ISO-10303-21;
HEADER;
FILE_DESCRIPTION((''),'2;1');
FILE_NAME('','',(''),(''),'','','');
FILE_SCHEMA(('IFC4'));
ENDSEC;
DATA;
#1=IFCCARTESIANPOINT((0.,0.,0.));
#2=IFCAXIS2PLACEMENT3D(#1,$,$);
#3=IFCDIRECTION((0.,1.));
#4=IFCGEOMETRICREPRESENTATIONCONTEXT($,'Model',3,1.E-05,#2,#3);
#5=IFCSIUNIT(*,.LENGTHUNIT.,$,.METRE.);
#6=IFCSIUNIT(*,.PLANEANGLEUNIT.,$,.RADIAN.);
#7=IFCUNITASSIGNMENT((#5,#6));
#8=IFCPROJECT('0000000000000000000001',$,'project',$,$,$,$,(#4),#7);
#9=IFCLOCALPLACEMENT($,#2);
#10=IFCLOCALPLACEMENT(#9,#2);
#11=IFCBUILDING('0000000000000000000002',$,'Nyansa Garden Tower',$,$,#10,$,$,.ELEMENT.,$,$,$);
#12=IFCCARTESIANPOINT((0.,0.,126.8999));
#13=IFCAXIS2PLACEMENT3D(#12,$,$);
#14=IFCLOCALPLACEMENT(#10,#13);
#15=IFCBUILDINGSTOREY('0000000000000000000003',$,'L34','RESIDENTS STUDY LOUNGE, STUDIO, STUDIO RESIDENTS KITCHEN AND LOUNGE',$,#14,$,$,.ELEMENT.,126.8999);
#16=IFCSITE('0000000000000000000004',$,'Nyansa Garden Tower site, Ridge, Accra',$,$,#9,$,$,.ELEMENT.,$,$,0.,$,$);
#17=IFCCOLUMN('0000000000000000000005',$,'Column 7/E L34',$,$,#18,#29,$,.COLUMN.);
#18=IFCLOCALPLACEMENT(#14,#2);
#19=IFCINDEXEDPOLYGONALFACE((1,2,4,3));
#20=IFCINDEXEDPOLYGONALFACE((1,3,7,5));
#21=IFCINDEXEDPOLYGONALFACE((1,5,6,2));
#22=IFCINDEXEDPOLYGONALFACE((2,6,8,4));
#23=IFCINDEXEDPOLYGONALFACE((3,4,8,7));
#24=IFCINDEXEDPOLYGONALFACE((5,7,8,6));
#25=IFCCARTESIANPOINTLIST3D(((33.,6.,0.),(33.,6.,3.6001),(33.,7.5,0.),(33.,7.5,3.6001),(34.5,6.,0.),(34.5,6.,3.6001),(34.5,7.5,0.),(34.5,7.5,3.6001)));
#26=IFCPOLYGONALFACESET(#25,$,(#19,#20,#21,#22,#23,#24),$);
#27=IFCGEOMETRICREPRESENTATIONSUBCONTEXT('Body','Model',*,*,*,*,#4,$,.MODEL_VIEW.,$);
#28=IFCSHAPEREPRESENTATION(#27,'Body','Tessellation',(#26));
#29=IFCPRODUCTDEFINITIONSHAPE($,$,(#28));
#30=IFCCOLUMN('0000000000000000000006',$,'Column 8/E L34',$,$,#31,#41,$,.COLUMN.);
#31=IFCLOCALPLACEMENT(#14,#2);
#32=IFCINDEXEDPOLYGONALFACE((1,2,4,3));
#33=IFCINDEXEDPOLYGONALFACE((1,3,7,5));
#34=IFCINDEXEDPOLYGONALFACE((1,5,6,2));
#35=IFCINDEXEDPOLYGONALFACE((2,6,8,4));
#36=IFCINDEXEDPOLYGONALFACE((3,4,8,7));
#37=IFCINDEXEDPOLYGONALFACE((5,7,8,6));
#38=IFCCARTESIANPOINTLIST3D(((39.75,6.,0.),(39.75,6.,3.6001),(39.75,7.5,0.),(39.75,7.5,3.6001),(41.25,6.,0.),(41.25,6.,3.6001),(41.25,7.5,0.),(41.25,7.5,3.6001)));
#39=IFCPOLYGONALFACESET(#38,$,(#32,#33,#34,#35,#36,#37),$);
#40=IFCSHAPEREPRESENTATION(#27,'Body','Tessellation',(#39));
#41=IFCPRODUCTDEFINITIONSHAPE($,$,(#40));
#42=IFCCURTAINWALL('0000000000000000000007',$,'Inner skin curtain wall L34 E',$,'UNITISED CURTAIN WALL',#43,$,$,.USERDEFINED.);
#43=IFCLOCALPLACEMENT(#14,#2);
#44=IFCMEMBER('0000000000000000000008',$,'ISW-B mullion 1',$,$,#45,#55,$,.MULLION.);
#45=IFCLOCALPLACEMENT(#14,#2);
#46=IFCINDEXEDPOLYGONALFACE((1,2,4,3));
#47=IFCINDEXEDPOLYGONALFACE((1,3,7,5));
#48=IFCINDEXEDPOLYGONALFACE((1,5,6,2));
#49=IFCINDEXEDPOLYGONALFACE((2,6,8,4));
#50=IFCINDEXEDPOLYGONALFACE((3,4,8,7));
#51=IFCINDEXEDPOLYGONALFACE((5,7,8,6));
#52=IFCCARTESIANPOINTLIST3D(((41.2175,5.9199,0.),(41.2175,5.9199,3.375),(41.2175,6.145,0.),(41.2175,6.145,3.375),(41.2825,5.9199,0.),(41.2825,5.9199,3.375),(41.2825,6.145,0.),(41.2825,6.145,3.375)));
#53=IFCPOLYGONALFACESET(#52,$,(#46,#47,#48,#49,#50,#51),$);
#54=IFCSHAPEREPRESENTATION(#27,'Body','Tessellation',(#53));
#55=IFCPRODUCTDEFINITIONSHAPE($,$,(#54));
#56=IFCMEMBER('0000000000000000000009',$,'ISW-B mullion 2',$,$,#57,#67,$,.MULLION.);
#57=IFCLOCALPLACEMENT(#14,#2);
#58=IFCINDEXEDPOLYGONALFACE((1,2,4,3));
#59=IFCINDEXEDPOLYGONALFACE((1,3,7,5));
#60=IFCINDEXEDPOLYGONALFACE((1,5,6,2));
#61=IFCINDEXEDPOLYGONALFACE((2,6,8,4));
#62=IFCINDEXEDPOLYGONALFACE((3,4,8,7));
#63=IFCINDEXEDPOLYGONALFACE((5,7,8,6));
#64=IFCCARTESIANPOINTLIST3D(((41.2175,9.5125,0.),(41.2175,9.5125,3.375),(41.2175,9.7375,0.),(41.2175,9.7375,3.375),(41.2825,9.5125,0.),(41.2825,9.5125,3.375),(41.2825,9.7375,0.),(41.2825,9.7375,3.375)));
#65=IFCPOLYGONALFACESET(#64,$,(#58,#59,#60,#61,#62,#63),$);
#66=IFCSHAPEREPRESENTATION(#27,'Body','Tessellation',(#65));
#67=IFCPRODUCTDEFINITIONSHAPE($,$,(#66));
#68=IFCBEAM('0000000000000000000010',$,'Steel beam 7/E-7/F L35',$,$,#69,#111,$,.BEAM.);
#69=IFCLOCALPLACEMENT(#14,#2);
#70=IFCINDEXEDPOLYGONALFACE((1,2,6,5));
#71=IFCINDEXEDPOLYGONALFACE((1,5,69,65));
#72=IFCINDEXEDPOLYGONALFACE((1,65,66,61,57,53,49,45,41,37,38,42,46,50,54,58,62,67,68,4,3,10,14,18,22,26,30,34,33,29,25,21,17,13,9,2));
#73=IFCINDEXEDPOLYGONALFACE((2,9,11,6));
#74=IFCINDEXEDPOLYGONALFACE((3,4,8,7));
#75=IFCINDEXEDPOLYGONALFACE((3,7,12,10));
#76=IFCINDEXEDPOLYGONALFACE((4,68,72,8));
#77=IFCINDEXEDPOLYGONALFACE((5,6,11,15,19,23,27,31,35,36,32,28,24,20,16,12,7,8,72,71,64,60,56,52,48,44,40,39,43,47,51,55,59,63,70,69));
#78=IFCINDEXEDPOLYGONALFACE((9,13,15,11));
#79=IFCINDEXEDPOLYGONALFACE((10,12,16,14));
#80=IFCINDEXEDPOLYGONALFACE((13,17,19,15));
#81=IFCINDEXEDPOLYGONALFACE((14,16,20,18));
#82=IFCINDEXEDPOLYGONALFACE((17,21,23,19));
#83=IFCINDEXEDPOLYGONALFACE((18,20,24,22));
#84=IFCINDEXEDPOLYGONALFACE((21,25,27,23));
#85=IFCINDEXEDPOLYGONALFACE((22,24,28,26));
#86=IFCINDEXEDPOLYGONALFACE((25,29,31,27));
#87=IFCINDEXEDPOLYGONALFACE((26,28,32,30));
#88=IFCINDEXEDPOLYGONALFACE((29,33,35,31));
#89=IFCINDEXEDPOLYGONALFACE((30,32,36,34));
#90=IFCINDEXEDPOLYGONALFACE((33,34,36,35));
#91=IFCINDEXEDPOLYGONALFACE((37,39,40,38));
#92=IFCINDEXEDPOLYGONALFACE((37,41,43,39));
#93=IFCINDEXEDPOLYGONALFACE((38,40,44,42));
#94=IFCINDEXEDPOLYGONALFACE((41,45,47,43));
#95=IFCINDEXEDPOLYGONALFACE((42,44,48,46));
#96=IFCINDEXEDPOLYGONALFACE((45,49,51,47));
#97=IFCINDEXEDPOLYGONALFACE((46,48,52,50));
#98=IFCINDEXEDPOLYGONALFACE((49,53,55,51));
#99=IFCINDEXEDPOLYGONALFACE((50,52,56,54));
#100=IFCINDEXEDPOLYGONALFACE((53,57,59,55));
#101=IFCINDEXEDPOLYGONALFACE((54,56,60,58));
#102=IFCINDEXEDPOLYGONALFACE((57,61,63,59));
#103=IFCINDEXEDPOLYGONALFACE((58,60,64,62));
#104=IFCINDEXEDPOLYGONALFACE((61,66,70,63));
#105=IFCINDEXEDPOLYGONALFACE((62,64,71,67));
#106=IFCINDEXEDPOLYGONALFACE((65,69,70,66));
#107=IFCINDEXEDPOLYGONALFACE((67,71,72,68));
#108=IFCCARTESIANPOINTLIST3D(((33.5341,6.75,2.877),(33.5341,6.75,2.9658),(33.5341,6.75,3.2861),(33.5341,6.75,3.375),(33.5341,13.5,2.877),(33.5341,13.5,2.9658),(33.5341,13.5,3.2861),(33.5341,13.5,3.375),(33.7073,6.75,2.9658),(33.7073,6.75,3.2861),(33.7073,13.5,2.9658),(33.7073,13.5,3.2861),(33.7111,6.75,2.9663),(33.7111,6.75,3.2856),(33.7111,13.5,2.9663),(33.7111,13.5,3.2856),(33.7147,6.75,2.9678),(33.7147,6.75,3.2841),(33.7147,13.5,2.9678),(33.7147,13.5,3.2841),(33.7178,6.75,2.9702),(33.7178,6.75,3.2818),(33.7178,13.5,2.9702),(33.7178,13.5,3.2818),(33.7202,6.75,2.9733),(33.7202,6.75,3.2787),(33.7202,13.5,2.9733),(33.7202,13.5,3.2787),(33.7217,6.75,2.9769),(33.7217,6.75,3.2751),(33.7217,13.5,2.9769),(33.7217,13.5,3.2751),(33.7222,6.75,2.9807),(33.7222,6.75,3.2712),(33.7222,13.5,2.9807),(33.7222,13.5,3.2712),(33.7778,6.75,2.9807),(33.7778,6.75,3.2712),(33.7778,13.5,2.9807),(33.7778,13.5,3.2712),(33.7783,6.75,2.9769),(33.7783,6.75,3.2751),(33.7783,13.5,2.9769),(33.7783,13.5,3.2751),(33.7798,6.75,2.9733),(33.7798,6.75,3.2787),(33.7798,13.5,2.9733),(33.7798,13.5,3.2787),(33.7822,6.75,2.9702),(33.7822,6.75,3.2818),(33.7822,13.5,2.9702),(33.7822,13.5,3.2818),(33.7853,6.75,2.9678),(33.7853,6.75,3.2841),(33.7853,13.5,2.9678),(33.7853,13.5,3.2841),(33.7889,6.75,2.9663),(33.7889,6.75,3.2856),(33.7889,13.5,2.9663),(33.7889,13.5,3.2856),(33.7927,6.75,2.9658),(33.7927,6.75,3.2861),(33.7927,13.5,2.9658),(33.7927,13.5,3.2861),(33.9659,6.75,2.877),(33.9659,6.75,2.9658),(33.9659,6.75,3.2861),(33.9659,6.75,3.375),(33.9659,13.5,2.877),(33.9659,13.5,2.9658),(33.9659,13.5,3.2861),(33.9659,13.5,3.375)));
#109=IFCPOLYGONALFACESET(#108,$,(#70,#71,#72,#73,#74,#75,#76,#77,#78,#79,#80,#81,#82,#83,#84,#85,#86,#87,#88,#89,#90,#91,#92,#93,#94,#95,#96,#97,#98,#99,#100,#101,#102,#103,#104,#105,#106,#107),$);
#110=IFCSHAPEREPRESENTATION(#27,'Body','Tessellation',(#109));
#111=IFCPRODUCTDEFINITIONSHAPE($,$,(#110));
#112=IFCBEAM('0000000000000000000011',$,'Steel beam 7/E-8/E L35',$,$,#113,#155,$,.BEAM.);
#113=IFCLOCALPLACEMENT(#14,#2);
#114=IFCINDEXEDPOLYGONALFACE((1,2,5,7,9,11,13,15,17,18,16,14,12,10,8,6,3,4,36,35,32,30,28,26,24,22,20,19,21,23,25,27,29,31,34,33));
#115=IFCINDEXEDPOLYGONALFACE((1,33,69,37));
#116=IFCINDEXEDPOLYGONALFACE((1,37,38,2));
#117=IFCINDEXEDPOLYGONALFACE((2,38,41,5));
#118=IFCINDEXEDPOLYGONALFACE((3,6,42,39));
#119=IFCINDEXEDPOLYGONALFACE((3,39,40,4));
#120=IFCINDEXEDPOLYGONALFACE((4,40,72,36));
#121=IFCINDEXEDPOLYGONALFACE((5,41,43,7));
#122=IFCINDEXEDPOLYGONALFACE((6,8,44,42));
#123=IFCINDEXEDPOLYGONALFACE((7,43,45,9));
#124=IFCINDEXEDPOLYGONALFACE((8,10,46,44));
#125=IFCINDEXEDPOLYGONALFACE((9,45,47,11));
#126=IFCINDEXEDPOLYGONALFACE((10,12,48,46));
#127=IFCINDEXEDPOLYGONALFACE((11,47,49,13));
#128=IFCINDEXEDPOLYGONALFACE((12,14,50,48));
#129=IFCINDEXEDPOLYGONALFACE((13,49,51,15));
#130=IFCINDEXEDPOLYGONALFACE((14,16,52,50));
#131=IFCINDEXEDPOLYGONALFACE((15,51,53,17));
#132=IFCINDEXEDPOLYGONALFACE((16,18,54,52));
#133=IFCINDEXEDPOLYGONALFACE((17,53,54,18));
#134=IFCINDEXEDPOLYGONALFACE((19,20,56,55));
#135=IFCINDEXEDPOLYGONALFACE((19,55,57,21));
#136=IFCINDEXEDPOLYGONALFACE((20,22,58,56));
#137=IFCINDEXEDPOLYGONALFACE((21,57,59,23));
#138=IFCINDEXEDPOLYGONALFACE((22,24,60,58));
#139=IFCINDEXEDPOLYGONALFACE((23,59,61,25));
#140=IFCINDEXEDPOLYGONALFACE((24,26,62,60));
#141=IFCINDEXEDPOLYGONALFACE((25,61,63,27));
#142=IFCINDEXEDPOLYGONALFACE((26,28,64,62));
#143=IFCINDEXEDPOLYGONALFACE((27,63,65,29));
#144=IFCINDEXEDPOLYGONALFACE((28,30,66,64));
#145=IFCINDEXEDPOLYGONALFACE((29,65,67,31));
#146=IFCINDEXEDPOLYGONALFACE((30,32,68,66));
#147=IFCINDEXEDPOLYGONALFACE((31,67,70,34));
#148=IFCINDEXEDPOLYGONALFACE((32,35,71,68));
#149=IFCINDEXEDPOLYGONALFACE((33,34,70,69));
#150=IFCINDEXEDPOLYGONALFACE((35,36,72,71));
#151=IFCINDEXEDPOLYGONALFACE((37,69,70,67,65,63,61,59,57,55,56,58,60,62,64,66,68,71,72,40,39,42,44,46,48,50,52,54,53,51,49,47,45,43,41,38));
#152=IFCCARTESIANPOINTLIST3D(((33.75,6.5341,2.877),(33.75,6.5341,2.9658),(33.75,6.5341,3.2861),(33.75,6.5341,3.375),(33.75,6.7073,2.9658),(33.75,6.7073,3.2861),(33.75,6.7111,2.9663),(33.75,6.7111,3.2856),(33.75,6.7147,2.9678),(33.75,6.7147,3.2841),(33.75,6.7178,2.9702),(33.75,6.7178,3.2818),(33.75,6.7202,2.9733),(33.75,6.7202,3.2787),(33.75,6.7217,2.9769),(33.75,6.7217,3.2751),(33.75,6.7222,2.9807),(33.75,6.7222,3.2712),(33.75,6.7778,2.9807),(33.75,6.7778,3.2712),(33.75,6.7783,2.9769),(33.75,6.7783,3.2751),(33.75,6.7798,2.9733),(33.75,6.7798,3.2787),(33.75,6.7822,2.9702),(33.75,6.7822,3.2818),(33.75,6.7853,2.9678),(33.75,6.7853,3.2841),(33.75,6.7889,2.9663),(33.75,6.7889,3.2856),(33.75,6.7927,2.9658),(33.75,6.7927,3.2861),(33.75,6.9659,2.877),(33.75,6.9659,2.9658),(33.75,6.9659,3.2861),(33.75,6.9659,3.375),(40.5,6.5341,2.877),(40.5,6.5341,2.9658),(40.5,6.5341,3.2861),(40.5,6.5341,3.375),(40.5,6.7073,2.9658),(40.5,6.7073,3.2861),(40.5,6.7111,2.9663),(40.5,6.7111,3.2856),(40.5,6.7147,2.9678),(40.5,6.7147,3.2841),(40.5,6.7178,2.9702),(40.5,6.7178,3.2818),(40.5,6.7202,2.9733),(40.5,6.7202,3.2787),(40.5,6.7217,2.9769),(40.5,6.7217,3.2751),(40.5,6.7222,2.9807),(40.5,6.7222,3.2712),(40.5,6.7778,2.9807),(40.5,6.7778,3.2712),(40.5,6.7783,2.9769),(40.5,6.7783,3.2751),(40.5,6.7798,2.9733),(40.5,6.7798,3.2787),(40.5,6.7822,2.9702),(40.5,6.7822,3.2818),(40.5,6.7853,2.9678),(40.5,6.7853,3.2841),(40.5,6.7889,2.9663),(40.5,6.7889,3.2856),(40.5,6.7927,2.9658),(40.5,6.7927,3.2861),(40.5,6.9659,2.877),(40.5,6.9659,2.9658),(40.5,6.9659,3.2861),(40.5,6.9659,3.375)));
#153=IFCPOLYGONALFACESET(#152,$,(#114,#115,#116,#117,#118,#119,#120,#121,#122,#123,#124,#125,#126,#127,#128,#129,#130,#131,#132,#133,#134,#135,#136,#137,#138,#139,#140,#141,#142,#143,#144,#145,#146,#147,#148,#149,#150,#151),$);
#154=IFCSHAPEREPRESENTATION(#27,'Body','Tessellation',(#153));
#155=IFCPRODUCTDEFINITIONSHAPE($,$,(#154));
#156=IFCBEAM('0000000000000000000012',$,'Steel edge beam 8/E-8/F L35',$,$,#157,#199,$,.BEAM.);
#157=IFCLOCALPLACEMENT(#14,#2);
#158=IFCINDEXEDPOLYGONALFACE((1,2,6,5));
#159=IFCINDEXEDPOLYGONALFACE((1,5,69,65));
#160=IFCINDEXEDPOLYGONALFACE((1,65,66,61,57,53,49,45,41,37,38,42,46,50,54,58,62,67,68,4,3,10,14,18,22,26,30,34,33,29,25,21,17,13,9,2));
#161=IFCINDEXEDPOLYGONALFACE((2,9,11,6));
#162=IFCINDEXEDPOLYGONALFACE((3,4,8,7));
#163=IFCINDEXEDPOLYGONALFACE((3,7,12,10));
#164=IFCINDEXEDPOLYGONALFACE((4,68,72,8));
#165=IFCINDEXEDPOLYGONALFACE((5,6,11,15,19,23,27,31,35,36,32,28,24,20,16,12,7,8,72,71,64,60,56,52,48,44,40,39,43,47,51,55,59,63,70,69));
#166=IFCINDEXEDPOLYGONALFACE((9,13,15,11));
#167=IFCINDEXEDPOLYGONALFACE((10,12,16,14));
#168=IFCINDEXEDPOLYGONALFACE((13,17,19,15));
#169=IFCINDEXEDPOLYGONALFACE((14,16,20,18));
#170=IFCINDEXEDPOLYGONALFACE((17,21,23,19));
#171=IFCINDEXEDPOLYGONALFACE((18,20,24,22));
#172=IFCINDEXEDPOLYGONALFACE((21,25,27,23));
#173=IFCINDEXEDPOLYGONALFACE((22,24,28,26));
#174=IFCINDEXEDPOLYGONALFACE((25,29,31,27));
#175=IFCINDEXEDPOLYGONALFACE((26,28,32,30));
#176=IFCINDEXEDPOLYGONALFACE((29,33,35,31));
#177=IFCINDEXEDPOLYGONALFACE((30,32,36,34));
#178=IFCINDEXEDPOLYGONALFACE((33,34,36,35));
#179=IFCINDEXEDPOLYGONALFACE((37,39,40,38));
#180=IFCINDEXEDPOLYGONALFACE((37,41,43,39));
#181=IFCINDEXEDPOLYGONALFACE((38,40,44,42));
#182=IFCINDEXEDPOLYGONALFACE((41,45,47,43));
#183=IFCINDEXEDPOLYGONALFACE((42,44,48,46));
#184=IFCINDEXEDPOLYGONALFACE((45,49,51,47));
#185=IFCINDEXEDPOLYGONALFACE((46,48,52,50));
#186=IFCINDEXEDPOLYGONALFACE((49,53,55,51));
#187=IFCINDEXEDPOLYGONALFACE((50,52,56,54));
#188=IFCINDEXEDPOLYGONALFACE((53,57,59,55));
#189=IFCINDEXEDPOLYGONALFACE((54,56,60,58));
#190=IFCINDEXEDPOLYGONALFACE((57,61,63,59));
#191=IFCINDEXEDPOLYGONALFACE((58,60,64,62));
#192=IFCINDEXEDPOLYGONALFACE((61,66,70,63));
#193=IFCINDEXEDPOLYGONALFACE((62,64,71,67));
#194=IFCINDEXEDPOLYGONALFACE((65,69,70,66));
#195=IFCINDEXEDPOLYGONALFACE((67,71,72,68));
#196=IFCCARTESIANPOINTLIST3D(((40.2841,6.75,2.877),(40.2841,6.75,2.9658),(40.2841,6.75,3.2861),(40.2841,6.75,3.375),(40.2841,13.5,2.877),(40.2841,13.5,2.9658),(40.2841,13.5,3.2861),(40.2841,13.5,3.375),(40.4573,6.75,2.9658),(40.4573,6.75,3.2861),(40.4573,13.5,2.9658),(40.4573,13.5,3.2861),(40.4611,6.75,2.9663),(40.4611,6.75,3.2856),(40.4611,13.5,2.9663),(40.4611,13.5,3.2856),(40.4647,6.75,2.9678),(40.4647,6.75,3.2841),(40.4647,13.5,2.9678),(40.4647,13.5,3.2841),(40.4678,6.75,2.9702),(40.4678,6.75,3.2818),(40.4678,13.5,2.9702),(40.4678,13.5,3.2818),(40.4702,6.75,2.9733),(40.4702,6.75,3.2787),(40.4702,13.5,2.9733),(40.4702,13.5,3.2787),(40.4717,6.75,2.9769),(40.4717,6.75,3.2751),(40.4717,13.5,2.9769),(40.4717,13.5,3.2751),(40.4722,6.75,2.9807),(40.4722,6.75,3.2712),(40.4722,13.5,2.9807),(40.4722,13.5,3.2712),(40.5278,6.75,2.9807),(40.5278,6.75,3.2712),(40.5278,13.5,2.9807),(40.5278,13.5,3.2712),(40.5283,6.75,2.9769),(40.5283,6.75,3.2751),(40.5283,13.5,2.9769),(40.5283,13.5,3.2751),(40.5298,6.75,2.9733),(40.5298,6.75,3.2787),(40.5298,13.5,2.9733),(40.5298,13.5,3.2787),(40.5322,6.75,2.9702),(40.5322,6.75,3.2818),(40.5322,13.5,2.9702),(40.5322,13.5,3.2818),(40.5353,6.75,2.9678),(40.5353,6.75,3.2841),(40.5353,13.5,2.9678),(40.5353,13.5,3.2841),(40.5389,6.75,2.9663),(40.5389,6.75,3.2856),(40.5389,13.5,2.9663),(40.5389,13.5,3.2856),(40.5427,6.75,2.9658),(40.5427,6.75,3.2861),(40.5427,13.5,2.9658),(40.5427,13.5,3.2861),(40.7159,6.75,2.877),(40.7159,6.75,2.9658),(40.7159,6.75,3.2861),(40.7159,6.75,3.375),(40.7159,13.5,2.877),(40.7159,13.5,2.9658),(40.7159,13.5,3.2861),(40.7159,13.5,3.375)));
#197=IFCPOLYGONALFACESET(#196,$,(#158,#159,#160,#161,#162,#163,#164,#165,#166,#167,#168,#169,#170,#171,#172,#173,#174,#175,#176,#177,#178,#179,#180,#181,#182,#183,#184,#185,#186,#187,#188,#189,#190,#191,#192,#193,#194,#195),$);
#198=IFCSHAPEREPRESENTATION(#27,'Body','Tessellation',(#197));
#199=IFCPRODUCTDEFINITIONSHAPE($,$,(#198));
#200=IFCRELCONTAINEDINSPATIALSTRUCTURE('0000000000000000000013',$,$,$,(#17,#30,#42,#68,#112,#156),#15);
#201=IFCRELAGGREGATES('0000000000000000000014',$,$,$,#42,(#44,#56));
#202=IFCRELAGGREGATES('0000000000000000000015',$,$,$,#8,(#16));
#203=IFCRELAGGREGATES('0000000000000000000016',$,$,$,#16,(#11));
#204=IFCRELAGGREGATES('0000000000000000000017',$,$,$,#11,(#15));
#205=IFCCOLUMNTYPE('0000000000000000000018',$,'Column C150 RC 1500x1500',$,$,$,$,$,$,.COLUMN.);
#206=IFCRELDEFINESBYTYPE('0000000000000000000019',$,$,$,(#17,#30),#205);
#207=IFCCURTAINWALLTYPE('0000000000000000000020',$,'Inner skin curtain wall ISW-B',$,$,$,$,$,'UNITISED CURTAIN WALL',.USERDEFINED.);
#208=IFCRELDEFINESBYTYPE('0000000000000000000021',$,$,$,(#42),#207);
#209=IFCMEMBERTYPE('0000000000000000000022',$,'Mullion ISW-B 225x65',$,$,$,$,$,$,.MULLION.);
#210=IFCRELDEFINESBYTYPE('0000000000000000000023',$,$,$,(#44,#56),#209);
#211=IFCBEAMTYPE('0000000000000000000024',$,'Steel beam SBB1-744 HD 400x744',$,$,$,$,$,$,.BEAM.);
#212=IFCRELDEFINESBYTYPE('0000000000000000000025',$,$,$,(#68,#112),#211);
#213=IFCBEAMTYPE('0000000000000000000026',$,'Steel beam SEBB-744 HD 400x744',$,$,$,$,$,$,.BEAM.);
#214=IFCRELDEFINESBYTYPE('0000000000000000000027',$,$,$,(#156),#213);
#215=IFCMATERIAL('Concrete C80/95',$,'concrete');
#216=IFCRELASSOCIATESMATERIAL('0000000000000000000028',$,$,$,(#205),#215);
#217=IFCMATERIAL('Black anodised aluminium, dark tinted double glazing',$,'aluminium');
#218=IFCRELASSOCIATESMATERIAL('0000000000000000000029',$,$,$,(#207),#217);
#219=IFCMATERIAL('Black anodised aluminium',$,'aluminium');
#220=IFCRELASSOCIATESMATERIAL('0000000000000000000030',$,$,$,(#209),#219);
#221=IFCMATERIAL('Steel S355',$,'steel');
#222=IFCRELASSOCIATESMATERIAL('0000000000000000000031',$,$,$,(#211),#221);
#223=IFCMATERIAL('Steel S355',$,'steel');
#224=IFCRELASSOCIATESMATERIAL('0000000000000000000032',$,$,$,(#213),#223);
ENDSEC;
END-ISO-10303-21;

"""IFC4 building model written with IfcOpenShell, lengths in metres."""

from ifc_helpers import new_model, si_unit, direction, frame, origin, origin_2d, place, context, subcontext, project, spatial, rectangle, i_section, extrude, material, material_profile, profile_set, type_object, element, aggregate, save


model = new_model("IFC4")

# Units and contexts
model_context = context("Model", 3, precision=1e-05, world=origin(), true_north=direction((0.0, 1.0)))
body_context = subcontext(model_context, "Body", "Model", "MODEL_VIEW")
ifc_project = project(units=[si_unit("LENGTHUNIT", "METRE"), si_unit("PLANEANGLEUNIT", "RADIAN")], contexts=[model_context])

# Site, building, storey
site_placement = place(None, origin())
site = spatial("IfcSite", under=ifc_project, at=site_placement, Name="Nyansa Garden Tower site, Ridge, Accra", CompositionType="ELEMENT", RefElevation=0.0)
building_placement = place(site_placement, origin())
building = spatial("IfcBuilding", under=site, at=building_placement, Name="Nyansa Garden Tower", CompositionType="ELEMENT")
storey_placement = place(building_placement, frame((0.0, 0.0, 126.8999)))
storey = spatial("IfcBuildingStorey", under=building, at=storey_placement, Name="L34", Description="RESIDENTS STUDY LOUNGE, STUDIO, STUDIO RESIDENTS KITCHEN AND LOUNGE", CompositionType="ELEMENT", Elevation=126.8999)

# Columns
ifc_material_1 = material(Name="Concrete C80/95", Category="concrete")
ifc_material_profile_1 = material_profile(ifc_material_1, rectangle(XDim=1.5, YDim=1.5, at=origin_2d()), Name="RC 1500x1500")
ifc_profile_set_1 = profile_set([ifc_material_profile_1], Name="Concrete C80/95")
column_type = type_object("IfcColumnType", Name="Column C150 RC 1500x1500", PredefinedType="COLUMN", material=ifc_profile_set_1)
for number, where, z_axis, x_axis, name in (
    (1, (33.75, 6.75, 0.0), (0.0, 0.0, 1.0), (1.0, 0.0, 0.0), "Column 7/E L34"),
    (2, (40.5, 6.75, 0.0), (0.0, 0.0, 1.0), (1.0, 0.0, 0.0), "Column 8/E L34"),
):
    element("IfcColumn", number, at=place(storey_placement, frame(where, z_axis=z_axis, x_axis=x_axis)), inside=storey, type_object=column_type, Name=name, PredefinedType="COLUMN", context=body_context, shape_type="SweptSolid", body=[
        extrude(rectangle(XDim=1.5, YDim=1.5, at=origin_2d()), origin(), (0.0, 0.0, 1.0), 3.6001),
    ])

# Curtain wall, members
ifc_material_2 = material(Name="Black anodised aluminium, dark tinted double glazing", Category="aluminium")
curtain_wall_type = type_object("IfcCurtainWallType", Name="Inner skin curtain wall ISW-B", ElementType="UNITISED CURTAIN WALL", PredefinedType="USERDEFINED", material=ifc_material_2)
curtain_wall_placement = place(storey_placement, origin())
curtain_wall = element("IfcCurtainWall", 3, at=curtain_wall_placement, inside=storey, type_object=curtain_wall_type, Name="Inner skin curtain wall L34 E", ObjectType="UNITISED CURTAIN WALL", PredefinedType="USERDEFINED")
ifc_material_3 = material(Name="Black anodised aluminium", Category="aluminium")
ifc_material_profile_2 = material_profile(ifc_material_3, rectangle(XDim=0.0649, YDim=0.2251, at=origin_2d()), Name="Mullion 225x65")
ifc_profile_set_2 = profile_set([ifc_material_profile_2], Name="Black anodised aluminium")
member_type_1 = type_object("IfcMemberType", Name="Mullion ISW-B 225x65", PredefinedType="MULLION", material=ifc_profile_set_2)
member_1_placement = place(storey_placement, frame((41.25, 6.0325, 0.0), z_axis=(0.0, 0.0, 1.0), x_axis=(-1.0, 0.0, 0.0)))
member_1 = element("IfcMember", 4, at=member_1_placement, type_object=member_type_1, Name="ISW-B mullion 1", PredefinedType="MULLION", context=body_context, shape_type="SweptSolid", body=[
    extrude(rectangle(XDim=0.0649, YDim=0.2251, at=origin_2d()), origin(), (0.0, 0.0, 1.0), 3.375),
])
member_2_placement = place(storey_placement, frame((41.25, 9.625, 0.0), z_axis=(0.0, 0.0, 1.0), x_axis=(-1.0, 0.0, 0.0)))
member_2 = element("IfcMember", 5, at=member_2_placement, type_object=member_type_1, Name="ISW-B mullion 2", PredefinedType="MULLION", context=body_context, shape_type="SweptSolid", body=[
    extrude(rectangle(XDim=0.0649, YDim=0.2251, at=origin_2d()), origin(), (0.0, 0.0, 1.0), 3.375),
])

# Beams
ifc_material_4 = material(Name="Steel S355", Category="steel")
ifc_material_profile_3 = material_profile(ifc_material_4, i_section(OverallWidth=0.4319, OverallDepth=0.498, WebThickness=0.0557, FlangeThickness=0.0889, FilletRadius=0.0149, at=origin_2d()), Name="HD 400x744")
ifc_profile_set_3 = profile_set([ifc_material_profile_3], Name="Steel S355")
beam_type_1 = type_object("IfcBeamType", Name="Steel beam SBB1-744 HD 400x744", PredefinedType="BEAM", material=ifc_profile_set_3)
for number, where, z_axis, x_axis, name in (
    (6, (33.75, 6.75, 3.126), (0.0, 1.0, 0.0), (-1.0, 0.0, 0.0), "Steel beam 7/E-7/F L35"),
    (7, (33.75, 6.75, 3.126), (1.0, 0.0, 0.0), (0.0, 1.0, 0.0), "Steel beam 7/E-8/E L35"),
):
    element("IfcBeam", number, at=place(storey_placement, frame(where, z_axis=z_axis, x_axis=x_axis)), inside=storey, type_object=beam_type_1, Name=name, PredefinedType="BEAM", context=body_context, shape_type="SweptSolid", body=[
        extrude(i_section(OverallWidth=0.4319, OverallDepth=0.498, WebThickness=0.0557, FlangeThickness=0.0889, FilletRadius=0.0149, at=origin_2d()), origin(), (0.0, 0.0, 1.0), 6.75),
    ])
ifc_material_5 = material(Name="Steel S355", Category="steel")
ifc_material_profile_4 = material_profile(ifc_material_5, i_section(OverallWidth=0.4319, OverallDepth=0.498, WebThickness=0.0557, FlangeThickness=0.0889, FilletRadius=0.0149, at=origin_2d()), Name="HD 400x744")
ifc_profile_set_4 = profile_set([ifc_material_profile_4], Name="Steel S355")
beam_type_2 = type_object("IfcBeamType", Name="Steel beam SEBB-744 HD 400x744", PredefinedType="BEAM", material=ifc_profile_set_4)
beam_placement = place(storey_placement, frame((40.5, 6.75, 3.126), z_axis=(0.0, 1.0, 0.0), x_axis=(-1.0, 0.0, 0.0)))
element("IfcBeam", 8, at=beam_placement, inside=storey, type_object=beam_type_2, Name="Steel edge beam 8/E-8/F L35", PredefinedType="BEAM", context=body_context, shape_type="SweptSolid", body=[
    extrude(i_section(OverallWidth=0.4319, OverallDepth=0.498, WebThickness=0.0557, FlangeThickness=0.0889, FilletRadius=0.0149, at=origin_2d()), origin(), (0.0, 0.0, 1.0), 6.75),
])

aggregate(curtain_wall, [member_1, member_2])

save(model, "model.ifc")
